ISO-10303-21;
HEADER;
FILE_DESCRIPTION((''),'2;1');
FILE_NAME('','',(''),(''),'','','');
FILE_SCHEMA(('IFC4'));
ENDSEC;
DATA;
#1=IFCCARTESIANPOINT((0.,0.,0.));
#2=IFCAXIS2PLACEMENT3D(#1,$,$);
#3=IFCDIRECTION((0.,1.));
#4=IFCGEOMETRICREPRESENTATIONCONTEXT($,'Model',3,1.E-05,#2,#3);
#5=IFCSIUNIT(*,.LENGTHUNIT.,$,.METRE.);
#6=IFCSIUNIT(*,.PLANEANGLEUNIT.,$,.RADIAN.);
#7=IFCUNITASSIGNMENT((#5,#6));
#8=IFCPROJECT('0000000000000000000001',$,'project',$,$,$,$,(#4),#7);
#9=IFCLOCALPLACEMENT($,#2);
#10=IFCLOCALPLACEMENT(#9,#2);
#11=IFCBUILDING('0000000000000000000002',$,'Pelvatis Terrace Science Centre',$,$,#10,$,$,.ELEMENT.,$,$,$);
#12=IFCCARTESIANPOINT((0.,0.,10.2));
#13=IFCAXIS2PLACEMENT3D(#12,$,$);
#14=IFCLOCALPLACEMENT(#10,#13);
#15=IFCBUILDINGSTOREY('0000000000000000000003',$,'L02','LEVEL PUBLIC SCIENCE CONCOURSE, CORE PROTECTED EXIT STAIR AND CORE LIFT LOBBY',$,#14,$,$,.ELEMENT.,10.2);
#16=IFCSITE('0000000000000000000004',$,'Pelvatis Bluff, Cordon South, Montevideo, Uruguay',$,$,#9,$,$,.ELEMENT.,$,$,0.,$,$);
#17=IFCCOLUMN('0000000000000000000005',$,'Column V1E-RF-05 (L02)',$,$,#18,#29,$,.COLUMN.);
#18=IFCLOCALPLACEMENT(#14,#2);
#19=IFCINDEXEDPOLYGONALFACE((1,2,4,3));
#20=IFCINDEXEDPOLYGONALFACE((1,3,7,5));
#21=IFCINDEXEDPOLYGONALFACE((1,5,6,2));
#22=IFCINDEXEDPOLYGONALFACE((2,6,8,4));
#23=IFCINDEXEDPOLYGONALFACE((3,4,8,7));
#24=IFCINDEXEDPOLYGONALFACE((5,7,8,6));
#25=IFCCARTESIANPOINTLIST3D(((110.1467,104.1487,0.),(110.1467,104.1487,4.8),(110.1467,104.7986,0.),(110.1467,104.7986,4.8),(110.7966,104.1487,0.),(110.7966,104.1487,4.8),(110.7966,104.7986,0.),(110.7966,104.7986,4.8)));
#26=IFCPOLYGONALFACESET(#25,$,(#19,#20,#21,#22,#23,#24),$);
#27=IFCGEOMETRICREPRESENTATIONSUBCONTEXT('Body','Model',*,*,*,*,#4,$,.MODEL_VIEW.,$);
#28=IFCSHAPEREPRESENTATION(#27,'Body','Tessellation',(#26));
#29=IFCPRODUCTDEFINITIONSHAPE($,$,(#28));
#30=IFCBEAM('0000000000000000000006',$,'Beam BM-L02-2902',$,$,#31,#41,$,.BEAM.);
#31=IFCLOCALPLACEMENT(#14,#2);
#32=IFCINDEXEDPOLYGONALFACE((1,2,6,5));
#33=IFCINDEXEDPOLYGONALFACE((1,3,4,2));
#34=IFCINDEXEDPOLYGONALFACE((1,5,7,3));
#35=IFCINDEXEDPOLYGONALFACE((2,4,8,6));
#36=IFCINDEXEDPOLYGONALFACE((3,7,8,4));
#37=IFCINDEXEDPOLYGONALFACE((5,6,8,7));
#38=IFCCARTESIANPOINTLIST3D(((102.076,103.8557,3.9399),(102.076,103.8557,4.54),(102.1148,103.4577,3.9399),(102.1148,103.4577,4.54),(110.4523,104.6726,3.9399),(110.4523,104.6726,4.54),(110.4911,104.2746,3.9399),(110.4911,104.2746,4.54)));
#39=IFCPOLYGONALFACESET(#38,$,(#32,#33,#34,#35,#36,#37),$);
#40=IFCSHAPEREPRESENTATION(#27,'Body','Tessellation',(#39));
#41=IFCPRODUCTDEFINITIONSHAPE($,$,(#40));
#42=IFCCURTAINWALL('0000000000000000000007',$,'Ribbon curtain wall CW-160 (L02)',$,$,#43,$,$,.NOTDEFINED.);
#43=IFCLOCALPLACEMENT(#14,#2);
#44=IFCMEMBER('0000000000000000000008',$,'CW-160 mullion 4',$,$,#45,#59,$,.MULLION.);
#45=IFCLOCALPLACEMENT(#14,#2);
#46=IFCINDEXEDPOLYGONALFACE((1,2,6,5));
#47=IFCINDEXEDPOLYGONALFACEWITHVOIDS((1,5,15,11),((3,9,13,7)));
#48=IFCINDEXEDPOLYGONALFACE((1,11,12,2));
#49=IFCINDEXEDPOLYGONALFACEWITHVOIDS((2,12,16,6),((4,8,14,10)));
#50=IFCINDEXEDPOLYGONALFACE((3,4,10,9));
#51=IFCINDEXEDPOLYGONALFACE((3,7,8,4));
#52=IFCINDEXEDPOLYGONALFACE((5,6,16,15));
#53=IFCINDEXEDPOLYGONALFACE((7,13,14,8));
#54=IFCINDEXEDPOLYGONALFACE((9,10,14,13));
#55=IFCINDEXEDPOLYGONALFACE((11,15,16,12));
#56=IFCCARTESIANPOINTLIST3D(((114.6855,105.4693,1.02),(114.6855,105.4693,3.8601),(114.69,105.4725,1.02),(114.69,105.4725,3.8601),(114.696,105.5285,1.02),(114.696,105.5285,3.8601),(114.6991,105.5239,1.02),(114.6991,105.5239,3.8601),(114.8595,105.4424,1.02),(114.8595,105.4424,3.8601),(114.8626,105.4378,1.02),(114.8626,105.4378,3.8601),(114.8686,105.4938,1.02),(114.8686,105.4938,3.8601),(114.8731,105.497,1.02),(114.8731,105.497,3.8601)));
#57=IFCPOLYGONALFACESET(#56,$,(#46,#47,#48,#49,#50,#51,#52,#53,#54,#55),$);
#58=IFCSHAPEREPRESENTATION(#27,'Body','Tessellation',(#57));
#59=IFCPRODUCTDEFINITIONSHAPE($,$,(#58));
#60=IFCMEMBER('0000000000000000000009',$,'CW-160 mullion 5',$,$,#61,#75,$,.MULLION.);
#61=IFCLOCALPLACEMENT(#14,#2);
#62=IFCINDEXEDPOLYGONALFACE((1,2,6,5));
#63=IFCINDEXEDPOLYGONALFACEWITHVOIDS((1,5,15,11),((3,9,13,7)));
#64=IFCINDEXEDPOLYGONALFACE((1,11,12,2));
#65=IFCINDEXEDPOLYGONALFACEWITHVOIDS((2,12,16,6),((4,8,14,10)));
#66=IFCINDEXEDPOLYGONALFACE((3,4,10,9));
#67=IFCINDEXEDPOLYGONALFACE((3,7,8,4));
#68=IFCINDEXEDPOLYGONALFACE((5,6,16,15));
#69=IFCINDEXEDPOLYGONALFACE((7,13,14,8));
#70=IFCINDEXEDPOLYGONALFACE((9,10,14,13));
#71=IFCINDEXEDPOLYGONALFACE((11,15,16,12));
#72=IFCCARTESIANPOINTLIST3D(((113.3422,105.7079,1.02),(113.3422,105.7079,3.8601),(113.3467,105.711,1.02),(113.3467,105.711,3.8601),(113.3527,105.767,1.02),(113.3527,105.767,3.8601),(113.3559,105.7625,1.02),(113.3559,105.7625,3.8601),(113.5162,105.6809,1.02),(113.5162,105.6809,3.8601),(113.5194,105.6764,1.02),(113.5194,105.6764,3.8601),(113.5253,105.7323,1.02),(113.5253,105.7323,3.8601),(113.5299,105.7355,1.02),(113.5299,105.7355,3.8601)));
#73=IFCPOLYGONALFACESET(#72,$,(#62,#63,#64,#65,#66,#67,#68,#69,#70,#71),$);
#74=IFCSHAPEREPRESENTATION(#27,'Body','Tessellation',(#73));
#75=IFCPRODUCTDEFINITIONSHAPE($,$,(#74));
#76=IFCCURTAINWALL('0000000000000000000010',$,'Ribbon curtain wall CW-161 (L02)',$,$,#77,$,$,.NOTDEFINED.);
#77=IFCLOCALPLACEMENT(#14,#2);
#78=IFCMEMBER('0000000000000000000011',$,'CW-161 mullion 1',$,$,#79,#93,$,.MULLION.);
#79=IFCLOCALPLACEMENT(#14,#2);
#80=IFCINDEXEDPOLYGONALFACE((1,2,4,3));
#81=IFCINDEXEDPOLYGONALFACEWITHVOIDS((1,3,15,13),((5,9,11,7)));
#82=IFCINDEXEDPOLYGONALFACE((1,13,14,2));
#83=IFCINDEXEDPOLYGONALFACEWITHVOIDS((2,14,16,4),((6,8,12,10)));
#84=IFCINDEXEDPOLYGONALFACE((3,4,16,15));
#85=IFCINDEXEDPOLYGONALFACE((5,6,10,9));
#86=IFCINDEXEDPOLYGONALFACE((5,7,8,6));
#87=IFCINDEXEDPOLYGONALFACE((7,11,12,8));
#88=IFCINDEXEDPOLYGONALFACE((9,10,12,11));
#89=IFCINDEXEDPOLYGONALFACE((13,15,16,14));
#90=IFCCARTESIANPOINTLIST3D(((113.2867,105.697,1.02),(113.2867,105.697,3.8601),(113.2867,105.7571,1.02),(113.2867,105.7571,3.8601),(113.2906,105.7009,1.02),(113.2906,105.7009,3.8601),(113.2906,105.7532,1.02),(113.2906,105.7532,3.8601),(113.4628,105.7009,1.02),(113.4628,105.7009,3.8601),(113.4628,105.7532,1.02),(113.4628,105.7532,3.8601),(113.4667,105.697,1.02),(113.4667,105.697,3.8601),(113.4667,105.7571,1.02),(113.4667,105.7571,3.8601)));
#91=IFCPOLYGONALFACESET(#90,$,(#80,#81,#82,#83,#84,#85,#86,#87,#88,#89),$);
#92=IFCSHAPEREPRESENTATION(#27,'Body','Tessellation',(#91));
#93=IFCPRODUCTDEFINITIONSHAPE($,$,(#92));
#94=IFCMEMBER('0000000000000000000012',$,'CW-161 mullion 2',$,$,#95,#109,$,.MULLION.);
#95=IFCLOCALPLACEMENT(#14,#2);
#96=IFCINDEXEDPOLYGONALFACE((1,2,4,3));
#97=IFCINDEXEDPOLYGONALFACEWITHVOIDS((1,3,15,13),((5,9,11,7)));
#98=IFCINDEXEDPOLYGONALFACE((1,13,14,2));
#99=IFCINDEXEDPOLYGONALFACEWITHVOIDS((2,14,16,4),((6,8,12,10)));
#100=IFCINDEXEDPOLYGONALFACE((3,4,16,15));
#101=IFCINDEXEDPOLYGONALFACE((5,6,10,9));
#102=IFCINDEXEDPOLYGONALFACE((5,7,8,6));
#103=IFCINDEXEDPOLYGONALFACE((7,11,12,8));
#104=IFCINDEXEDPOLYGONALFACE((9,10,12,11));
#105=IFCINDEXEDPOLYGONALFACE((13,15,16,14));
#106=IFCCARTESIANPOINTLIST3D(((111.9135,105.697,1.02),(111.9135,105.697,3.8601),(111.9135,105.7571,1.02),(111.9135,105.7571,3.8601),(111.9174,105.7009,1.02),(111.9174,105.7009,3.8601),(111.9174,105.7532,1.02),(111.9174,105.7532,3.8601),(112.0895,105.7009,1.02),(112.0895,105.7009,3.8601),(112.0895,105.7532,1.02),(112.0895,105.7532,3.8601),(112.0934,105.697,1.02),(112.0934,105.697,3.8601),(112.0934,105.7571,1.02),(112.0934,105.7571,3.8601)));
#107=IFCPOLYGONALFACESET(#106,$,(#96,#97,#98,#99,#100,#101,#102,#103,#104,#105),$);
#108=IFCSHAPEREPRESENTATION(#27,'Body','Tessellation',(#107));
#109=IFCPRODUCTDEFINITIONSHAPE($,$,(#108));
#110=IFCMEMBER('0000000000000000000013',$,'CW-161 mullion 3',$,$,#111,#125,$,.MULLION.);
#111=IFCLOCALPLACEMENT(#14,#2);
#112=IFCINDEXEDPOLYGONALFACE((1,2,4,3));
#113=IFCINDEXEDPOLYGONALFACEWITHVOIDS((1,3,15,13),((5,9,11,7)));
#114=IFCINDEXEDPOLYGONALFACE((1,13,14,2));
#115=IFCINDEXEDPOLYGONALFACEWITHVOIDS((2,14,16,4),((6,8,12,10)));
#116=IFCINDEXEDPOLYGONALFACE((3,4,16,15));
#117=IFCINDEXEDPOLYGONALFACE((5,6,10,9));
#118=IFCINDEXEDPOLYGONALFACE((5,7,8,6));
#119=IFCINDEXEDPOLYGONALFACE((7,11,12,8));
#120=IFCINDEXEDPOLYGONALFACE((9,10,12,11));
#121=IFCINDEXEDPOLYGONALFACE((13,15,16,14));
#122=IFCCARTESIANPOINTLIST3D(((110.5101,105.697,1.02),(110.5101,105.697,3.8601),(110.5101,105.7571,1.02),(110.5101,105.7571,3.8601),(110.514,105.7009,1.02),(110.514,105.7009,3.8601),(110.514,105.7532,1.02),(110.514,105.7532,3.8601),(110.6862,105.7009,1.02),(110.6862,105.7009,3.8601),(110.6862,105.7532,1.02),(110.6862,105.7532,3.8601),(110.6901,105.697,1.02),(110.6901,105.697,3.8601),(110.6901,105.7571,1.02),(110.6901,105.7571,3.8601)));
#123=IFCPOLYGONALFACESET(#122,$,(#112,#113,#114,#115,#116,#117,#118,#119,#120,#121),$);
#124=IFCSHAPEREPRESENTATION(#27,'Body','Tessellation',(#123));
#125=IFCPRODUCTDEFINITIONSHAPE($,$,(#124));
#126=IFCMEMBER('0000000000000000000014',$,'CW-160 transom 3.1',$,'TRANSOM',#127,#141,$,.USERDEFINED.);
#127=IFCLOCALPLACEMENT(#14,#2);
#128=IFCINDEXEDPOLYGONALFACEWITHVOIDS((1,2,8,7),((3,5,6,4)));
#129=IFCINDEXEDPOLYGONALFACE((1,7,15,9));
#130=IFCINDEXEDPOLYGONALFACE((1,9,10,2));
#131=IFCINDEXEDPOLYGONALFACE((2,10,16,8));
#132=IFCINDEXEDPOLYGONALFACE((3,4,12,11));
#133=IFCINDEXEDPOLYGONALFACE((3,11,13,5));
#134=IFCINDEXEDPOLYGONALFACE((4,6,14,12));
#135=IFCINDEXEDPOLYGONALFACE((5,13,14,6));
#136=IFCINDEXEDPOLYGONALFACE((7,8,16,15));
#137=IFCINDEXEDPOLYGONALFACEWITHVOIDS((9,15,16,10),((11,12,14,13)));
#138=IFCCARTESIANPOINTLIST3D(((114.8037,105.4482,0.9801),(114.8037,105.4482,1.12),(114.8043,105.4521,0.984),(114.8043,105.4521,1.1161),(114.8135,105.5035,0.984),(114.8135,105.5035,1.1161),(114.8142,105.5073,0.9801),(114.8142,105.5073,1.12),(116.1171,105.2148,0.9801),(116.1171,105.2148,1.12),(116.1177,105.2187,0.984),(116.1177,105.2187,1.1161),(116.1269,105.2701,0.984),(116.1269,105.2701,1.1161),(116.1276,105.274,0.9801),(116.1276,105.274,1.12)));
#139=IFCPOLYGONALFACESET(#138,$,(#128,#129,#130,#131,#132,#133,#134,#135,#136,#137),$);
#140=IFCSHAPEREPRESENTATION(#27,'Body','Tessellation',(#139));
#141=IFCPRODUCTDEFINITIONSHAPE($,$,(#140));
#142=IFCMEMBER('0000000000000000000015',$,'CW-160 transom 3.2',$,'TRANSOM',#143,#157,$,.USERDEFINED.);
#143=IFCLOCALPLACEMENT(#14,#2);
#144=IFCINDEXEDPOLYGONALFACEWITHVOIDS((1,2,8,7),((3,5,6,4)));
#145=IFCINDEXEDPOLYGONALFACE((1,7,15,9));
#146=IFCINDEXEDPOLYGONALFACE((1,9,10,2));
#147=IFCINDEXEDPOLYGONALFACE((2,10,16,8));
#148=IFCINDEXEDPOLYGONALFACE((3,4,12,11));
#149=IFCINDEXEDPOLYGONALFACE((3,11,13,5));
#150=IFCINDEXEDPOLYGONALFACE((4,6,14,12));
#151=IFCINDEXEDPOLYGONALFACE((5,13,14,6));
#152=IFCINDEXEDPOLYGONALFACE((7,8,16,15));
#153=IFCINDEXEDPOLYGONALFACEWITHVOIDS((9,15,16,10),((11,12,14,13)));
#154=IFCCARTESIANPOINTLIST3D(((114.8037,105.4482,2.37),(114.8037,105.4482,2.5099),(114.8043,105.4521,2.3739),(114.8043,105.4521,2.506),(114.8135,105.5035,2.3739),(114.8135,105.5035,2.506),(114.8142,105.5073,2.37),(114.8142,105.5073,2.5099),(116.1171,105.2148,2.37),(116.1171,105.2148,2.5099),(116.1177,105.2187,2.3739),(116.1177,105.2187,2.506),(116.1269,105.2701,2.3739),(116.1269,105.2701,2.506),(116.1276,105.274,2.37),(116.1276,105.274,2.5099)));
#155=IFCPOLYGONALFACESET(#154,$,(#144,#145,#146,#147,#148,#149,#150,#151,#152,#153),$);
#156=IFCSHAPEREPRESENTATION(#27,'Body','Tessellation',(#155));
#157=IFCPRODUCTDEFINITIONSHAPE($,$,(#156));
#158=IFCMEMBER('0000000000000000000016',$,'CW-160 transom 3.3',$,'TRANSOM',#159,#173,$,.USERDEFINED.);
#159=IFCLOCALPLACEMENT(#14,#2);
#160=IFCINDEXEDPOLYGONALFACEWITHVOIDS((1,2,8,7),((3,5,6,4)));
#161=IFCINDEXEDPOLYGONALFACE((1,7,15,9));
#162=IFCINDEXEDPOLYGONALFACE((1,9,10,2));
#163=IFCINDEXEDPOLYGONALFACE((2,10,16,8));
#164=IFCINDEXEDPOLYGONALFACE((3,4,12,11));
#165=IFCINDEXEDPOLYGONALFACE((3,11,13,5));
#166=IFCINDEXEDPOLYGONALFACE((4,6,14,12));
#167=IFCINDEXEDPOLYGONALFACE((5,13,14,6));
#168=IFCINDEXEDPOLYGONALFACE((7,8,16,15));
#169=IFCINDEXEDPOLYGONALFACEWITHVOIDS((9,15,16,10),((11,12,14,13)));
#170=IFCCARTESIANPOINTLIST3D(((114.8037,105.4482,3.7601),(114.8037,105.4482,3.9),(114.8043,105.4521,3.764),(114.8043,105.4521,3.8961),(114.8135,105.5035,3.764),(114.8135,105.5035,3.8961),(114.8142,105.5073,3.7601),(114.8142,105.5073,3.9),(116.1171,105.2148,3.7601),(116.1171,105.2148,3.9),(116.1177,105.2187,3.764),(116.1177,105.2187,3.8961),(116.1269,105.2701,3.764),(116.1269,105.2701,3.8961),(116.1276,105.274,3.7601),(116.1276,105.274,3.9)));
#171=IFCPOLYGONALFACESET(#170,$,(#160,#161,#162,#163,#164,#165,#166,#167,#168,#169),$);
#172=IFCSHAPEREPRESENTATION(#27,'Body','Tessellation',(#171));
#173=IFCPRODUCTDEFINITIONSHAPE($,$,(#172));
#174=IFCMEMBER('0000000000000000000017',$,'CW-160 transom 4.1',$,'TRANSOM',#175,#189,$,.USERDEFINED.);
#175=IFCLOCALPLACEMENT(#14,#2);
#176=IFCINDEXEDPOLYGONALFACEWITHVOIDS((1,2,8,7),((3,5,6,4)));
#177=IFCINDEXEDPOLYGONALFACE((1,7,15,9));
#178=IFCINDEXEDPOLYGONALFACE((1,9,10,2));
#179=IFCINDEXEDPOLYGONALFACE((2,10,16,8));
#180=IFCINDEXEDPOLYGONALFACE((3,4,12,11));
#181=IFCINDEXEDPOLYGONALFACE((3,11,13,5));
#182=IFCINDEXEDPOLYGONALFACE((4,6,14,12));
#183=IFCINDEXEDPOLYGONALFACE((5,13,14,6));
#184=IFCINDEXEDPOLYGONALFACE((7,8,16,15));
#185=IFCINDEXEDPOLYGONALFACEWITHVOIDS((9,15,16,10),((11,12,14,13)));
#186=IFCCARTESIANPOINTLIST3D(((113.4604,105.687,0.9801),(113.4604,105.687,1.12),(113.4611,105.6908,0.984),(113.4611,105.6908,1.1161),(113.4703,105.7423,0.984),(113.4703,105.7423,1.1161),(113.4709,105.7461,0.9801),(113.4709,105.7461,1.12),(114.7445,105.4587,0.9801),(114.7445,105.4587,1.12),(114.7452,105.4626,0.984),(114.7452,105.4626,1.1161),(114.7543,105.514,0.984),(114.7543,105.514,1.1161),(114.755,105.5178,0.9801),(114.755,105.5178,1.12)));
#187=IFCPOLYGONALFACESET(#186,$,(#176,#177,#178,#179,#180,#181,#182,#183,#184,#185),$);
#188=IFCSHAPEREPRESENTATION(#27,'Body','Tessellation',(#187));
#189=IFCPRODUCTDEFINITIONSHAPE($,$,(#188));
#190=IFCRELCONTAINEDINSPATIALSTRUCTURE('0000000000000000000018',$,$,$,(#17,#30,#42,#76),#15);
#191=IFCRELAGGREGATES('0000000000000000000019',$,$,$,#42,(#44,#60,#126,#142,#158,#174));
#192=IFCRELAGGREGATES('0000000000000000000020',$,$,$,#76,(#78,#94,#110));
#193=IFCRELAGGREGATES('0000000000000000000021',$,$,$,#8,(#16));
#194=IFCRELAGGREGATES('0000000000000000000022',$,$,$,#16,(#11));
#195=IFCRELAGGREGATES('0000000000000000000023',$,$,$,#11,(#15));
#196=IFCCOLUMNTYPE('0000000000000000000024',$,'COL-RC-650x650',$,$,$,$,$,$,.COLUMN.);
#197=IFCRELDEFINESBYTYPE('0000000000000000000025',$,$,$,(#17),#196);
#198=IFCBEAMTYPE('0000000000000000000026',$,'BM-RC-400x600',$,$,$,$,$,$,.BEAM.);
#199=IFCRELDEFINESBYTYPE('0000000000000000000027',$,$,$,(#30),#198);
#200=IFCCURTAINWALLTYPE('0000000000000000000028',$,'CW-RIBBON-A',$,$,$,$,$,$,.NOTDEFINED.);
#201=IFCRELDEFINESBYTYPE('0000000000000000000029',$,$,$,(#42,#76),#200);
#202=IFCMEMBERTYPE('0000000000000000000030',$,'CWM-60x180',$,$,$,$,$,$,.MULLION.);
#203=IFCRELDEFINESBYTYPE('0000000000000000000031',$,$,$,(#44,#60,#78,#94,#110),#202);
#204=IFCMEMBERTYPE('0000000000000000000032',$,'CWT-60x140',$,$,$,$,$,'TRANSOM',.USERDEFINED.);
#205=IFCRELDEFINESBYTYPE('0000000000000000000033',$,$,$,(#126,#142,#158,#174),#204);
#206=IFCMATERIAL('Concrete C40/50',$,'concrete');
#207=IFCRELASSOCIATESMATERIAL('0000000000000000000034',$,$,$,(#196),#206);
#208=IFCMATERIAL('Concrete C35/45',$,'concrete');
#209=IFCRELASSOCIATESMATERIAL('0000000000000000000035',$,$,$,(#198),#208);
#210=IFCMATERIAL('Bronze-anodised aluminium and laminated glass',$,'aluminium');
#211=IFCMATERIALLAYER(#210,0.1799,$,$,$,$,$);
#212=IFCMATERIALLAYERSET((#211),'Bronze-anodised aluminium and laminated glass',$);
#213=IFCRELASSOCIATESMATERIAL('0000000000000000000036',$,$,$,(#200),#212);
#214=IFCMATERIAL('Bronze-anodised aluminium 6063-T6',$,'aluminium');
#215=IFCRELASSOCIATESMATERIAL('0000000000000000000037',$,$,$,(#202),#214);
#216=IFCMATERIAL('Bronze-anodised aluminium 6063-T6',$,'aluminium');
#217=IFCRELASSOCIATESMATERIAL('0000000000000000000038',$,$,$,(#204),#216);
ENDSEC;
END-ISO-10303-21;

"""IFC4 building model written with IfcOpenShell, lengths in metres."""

from ifc_helpers import new_model, si_unit, direction, frame, origin, origin_2d, place, context, subcontext, project, spatial, rectangle, hollow_rectangle, extrude, material, layer, layer_set, material_profile, profile_set, type_object, element, aggregate, save


model = new_model("IFC4")

# Units and contexts
model_context = context("Model", 3, precision=1e-05, world=origin(), true_north=direction((0.0, 1.0)))
body_context = subcontext(model_context, "Body", "Model", "MODEL_VIEW")
ifc_project = project(units=[si_unit("LENGTHUNIT", "METRE"), si_unit("PLANEANGLEUNIT", "RADIAN")], contexts=[model_context])

# Site, building, storey
site_placement = place(None, origin())
site = spatial("IfcSite", under=ifc_project, at=site_placement, Name="Pelvatis Bluff, Cordon South, Montevideo, Uruguay", CompositionType="ELEMENT", RefElevation=0.0)
building_placement = place(site_placement, origin())
building = spatial("IfcBuilding", under=site, at=building_placement, Name="Pelvatis Terrace Science Centre", CompositionType="ELEMENT")
storey_placement = place(building_placement, frame((0.0, 0.0, 10.2)))
storey = spatial("IfcBuildingStorey", under=building, at=storey_placement, Name="L02", Description="LEVEL PUBLIC SCIENCE CONCOURSE, CORE PROTECTED EXIT STAIR AND CORE LIFT LOBBY", CompositionType="ELEMENT", Elevation=10.2)

# Column
ifc_material_1 = material(Name="Concrete C40/50", Category="concrete")
ifc_material_profile_1 = material_profile(ifc_material_1, rectangle(XDim=0.6499, YDim=0.6499, at=origin_2d()), Name="RC-COL 650x650")
ifc_profile_set_1 = profile_set([ifc_material_profile_1], Name="Concrete C40/50")
column_type = type_object("IfcColumnType", Name="COL-RC-650x650", PredefinedType="COLUMN", material=ifc_profile_set_1)
column_placement = place(storey_placement, frame((110.4717, 104.4736, 0.0), z_axis=(0.0, 0.0, 1.0), x_axis=(1.0, 0.0, 0.0)))
element("IfcColumn", 1, at=column_placement, inside=storey, type_object=column_type, Name="Column V1E-RF-05 (L02)", PredefinedType="COLUMN", context=body_context, shape_type="SweptSolid", body=[
    extrude(rectangle(XDim=0.6499, YDim=0.6499, at=origin_2d()), origin(), (0.0, 0.0, 1.0), 4.8),
])

# Beam
ifc_material_2 = material(Name="Concrete C35/45", Category="concrete")
ifc_material_profile_2 = material_profile(ifc_material_2, rectangle(XDim=0.3999, YDim=0.6001, at=origin_2d()), Name="RC-BM 400x600")
ifc_profile_set_2 = profile_set([ifc_material_profile_2], Name="Concrete C35/45")
beam_type = type_object("IfcBeamType", Name="BM-RC-400x600", PredefinedType="BEAM", material=ifc_profile_set_2)
beam_placement = place(storey_placement, frame((110.4717, 104.4736, 4.24), z_axis=(-0.995278, -0.097065, 0.0), x_axis=(0.097065, -0.995278, 0.0)))
element("IfcBeam", 2, at=beam_placement, inside=storey, type_object=beam_type, Name="Beam BM-L02-2902", PredefinedType="BEAM", context=body_context, shape_type="SweptSolid", body=[
    extrude(rectangle(XDim=0.3999, YDim=0.6001, at=origin_2d()), origin(), (0.0, 0.0, 1.0), 8.416),
])

# Curtain walls, members
ifc_material_3 = material(Name="Bronze-anodised aluminium and laminated glass", Category="aluminium")
ifc_layer_1 = layer(ifc_material_3, 0.1799)
ifc_layer_set_1 = layer_set([ifc_layer_1], Name="Bronze-anodised aluminium and laminated glass")
curtain_wall_type = type_object("IfcCurtainWallType", Name="CW-RIBBON-A", PredefinedType="NOTDEFINED", material=ifc_layer_set_1)
curtain_wall_1_placement = place(storey_placement, origin())
curtain_wall_1 = element("IfcCurtainWall", 3, at=curtain_wall_1_placement, inside=storey, type_object=curtain_wall_type, Name="Ribbon curtain wall CW-160 (L02)", PredefinedType="NOTDEFINED")
ifc_material_4 = material(Name="Bronze-anodised aluminium 6063-T6", Category="aluminium")
ifc_material_profile_3 = material_profile(ifc_material_4, hollow_rectangle(XDim=0.0601, YDim=0.1799, WallThickness=0.0039, at=origin_2d()), Name="ALU-MUL 60x180")
ifc_profile_set_3 = profile_set([ifc_material_profile_3], Name="Bronze-anodised aluminium 6063-T6")
member_type_1 = type_object("IfcMemberType", Name="CWM-60x180", PredefinedType="MULLION", material=ifc_profile_set_3)
member_1_placement = place(storey_placement, frame((114.7793, 105.4832, 1.02), z_axis=(0.0, 0.0, 1.0), x_axis=(-0.174983, -0.984571, 0.0)))
member_1 = element("IfcMember", 4, at=member_1_placement, type_object=member_type_1, Name="CW-160 mullion 4", PredefinedType="MULLION", context=body_context, shape_type="SweptSolid", body=[
    extrude(hollow_rectangle(XDim=0.0601, YDim=0.1799, WallThickness=0.0039, at=origin_2d()), origin(), (0.0, 0.0, 1.0), 2.8401),
])
member_2_placement = place(storey_placement, frame((113.436, 105.7217, 1.02), z_axis=(0.0, 0.0, 1.0), x_axis=(-0.174983, -0.984571, 0.0)))
member_2 = element("IfcMember", 5, at=member_2_placement, type_object=member_type_1, Name="CW-160 mullion 5", PredefinedType="MULLION", context=body_context, shape_type="SweptSolid", body=[
    extrude(hollow_rectangle(XDim=0.0601, YDim=0.1799, WallThickness=0.0039, at=origin_2d()), origin(), (0.0, 0.0, 1.0), 2.8401),
])
curtain_wall_2_placement = place(storey_placement, origin())
curtain_wall_2 = element("IfcCurtainWall", 6, at=curtain_wall_2_placement, inside=storey, type_object=curtain_wall_type, Name="Ribbon curtain wall CW-161 (L02)", PredefinedType="NOTDEFINED")
member_3_placement = place(storey_placement, frame((113.3767, 105.7271, 1.02), z_axis=(0.0, 0.0, 1.0), x_axis=(0.0, -1.0, 0.0)))
member_3 = element("IfcMember", 7, at=member_3_placement, type_object=member_type_1, Name="CW-161 mullion 1", PredefinedType="MULLION", context=body_context, shape_type="SweptSolid", body=[
    extrude(hollow_rectangle(XDim=0.0601, YDim=0.1799, WallThickness=0.0039, at=origin_2d()), origin(), (0.0, 0.0, 1.0), 2.8401),
])
member_4_placement = place(storey_placement, frame((112.0034, 105.7271, 1.02), z_axis=(0.0, 0.0, 1.0), x_axis=(0.0, -1.0, 0.0)))
member_4 = element("IfcMember", 8, at=member_4_placement, type_object=member_type_1, Name="CW-161 mullion 2", PredefinedType="MULLION", context=body_context, shape_type="SweptSolid", body=[
    extrude(hollow_rectangle(XDim=0.0601, YDim=0.1799, WallThickness=0.0039, at=origin_2d()), origin(), (0.0, 0.0, 1.0), 2.8401),
])
member_5_placement = place(storey_placement, frame((110.6001, 105.7271, 1.02), z_axis=(0.0, 0.0, 1.0), x_axis=(0.0, -1.0, 0.0)))
member_5 = element("IfcMember", 9, at=member_5_placement, type_object=member_type_1, Name="CW-161 mullion 3", PredefinedType="MULLION", context=body_context, shape_type="SweptSolid", body=[
    extrude(hollow_rectangle(XDim=0.0601, YDim=0.1799, WallThickness=0.0039, at=origin_2d()), origin(), (0.0, 0.0, 1.0), 2.8401),
])

# Members
ifc_material_5 = material(Name="Bronze-anodised aluminium 6063-T6", Category="aluminium")
ifc_material_profile_4 = material_profile(ifc_material_5, hollow_rectangle(XDim=0.0601, YDim=0.1399, WallThickness=0.0039, at=origin_2d()), Name="ALU-TRN 60x140")
ifc_profile_set_4 = profile_set([ifc_material_profile_4], Name="Bronze-anodised aluminium 6063-T6")
member_type_2 = type_object("IfcMemberType", Name="CWT-60x140", ElementType="TRANSOM", PredefinedType="USERDEFINED", material=ifc_profile_set_4)
member_6_placement = place(storey_placement, frame((116.1223, 105.2444, 1.05), z_axis=(-0.984577, 0.174954, 0.0), x_axis=(-0.174954, -0.984577, 0.0)))
member_6 = element("IfcMember", 10, at=member_6_placement, type_object=member_type_2, Name="CW-160 transom 3.1", ObjectType="TRANSOM", PredefinedType="USERDEFINED", context=body_context, shape_type="SweptSolid", body=[
    extrude(hollow_rectangle(XDim=0.0601, YDim=0.1399, WallThickness=0.0039, at=origin_2d()), origin(), (0.0, 0.0, 1.0), 1.334),
])
member_7_placement = place(storey_placement, frame((116.1223, 105.2444, 2.4399), z_axis=(-0.984577, 0.174954, 0.0), x_axis=(-0.174954, -0.984577, 0.0)))
member_7 = element("IfcMember", 11, at=member_7_placement, type_object=member_type_2, Name="CW-160 transom 3.2", ObjectType="TRANSOM", PredefinedType="USERDEFINED", context=body_context, shape_type="SweptSolid", body=[
    extrude(hollow_rectangle(XDim=0.0601, YDim=0.1399, WallThickness=0.0039, at=origin_2d()), origin(), (0.0, 0.0, 1.0), 1.334),
])
member_8_placement = place(storey_placement, frame((116.1223, 105.2444, 3.8301), z_axis=(-0.984577, 0.174954, 0.0), x_axis=(-0.174954, -0.984577, 0.0)))
member_8 = element("IfcMember", 12, at=member_8_placement, type_object=member_type_2, Name="CW-160 transom 3.3", ObjectType="TRANSOM", PredefinedType="USERDEFINED", context=body_context, shape_type="SweptSolid", body=[
    extrude(hollow_rectangle(XDim=0.0601, YDim=0.1399, WallThickness=0.0039, at=origin_2d()), origin(), (0.0, 0.0, 1.0), 1.334),
])
member_9_placement = place(storey_placement, frame((114.7498, 105.4883, 1.05), z_axis=(-0.984566, 0.175013, 0.0), x_axis=(-0.175013, -0.984566, 0.0)))
member_9 = element("IfcMember", 13, at=member_9_placement, type_object=member_type_2, Name="CW-160 transom 4.1", ObjectType="TRANSOM", PredefinedType="USERDEFINED", context=body_context, shape_type="SweptSolid", body=[
    extrude(hollow_rectangle(XDim=0.0601, YDim=0.1399, WallThickness=0.0039, at=origin_2d()), origin(), (0.0, 0.0, 1.0), 1.3042),
])

aggregate(curtain_wall_1, [member_1, member_2, member_6, member_7, member_8, member_9])
aggregate(curtain_wall_2, [member_3, member_4, member_5])

save(model, "model.ifc")
